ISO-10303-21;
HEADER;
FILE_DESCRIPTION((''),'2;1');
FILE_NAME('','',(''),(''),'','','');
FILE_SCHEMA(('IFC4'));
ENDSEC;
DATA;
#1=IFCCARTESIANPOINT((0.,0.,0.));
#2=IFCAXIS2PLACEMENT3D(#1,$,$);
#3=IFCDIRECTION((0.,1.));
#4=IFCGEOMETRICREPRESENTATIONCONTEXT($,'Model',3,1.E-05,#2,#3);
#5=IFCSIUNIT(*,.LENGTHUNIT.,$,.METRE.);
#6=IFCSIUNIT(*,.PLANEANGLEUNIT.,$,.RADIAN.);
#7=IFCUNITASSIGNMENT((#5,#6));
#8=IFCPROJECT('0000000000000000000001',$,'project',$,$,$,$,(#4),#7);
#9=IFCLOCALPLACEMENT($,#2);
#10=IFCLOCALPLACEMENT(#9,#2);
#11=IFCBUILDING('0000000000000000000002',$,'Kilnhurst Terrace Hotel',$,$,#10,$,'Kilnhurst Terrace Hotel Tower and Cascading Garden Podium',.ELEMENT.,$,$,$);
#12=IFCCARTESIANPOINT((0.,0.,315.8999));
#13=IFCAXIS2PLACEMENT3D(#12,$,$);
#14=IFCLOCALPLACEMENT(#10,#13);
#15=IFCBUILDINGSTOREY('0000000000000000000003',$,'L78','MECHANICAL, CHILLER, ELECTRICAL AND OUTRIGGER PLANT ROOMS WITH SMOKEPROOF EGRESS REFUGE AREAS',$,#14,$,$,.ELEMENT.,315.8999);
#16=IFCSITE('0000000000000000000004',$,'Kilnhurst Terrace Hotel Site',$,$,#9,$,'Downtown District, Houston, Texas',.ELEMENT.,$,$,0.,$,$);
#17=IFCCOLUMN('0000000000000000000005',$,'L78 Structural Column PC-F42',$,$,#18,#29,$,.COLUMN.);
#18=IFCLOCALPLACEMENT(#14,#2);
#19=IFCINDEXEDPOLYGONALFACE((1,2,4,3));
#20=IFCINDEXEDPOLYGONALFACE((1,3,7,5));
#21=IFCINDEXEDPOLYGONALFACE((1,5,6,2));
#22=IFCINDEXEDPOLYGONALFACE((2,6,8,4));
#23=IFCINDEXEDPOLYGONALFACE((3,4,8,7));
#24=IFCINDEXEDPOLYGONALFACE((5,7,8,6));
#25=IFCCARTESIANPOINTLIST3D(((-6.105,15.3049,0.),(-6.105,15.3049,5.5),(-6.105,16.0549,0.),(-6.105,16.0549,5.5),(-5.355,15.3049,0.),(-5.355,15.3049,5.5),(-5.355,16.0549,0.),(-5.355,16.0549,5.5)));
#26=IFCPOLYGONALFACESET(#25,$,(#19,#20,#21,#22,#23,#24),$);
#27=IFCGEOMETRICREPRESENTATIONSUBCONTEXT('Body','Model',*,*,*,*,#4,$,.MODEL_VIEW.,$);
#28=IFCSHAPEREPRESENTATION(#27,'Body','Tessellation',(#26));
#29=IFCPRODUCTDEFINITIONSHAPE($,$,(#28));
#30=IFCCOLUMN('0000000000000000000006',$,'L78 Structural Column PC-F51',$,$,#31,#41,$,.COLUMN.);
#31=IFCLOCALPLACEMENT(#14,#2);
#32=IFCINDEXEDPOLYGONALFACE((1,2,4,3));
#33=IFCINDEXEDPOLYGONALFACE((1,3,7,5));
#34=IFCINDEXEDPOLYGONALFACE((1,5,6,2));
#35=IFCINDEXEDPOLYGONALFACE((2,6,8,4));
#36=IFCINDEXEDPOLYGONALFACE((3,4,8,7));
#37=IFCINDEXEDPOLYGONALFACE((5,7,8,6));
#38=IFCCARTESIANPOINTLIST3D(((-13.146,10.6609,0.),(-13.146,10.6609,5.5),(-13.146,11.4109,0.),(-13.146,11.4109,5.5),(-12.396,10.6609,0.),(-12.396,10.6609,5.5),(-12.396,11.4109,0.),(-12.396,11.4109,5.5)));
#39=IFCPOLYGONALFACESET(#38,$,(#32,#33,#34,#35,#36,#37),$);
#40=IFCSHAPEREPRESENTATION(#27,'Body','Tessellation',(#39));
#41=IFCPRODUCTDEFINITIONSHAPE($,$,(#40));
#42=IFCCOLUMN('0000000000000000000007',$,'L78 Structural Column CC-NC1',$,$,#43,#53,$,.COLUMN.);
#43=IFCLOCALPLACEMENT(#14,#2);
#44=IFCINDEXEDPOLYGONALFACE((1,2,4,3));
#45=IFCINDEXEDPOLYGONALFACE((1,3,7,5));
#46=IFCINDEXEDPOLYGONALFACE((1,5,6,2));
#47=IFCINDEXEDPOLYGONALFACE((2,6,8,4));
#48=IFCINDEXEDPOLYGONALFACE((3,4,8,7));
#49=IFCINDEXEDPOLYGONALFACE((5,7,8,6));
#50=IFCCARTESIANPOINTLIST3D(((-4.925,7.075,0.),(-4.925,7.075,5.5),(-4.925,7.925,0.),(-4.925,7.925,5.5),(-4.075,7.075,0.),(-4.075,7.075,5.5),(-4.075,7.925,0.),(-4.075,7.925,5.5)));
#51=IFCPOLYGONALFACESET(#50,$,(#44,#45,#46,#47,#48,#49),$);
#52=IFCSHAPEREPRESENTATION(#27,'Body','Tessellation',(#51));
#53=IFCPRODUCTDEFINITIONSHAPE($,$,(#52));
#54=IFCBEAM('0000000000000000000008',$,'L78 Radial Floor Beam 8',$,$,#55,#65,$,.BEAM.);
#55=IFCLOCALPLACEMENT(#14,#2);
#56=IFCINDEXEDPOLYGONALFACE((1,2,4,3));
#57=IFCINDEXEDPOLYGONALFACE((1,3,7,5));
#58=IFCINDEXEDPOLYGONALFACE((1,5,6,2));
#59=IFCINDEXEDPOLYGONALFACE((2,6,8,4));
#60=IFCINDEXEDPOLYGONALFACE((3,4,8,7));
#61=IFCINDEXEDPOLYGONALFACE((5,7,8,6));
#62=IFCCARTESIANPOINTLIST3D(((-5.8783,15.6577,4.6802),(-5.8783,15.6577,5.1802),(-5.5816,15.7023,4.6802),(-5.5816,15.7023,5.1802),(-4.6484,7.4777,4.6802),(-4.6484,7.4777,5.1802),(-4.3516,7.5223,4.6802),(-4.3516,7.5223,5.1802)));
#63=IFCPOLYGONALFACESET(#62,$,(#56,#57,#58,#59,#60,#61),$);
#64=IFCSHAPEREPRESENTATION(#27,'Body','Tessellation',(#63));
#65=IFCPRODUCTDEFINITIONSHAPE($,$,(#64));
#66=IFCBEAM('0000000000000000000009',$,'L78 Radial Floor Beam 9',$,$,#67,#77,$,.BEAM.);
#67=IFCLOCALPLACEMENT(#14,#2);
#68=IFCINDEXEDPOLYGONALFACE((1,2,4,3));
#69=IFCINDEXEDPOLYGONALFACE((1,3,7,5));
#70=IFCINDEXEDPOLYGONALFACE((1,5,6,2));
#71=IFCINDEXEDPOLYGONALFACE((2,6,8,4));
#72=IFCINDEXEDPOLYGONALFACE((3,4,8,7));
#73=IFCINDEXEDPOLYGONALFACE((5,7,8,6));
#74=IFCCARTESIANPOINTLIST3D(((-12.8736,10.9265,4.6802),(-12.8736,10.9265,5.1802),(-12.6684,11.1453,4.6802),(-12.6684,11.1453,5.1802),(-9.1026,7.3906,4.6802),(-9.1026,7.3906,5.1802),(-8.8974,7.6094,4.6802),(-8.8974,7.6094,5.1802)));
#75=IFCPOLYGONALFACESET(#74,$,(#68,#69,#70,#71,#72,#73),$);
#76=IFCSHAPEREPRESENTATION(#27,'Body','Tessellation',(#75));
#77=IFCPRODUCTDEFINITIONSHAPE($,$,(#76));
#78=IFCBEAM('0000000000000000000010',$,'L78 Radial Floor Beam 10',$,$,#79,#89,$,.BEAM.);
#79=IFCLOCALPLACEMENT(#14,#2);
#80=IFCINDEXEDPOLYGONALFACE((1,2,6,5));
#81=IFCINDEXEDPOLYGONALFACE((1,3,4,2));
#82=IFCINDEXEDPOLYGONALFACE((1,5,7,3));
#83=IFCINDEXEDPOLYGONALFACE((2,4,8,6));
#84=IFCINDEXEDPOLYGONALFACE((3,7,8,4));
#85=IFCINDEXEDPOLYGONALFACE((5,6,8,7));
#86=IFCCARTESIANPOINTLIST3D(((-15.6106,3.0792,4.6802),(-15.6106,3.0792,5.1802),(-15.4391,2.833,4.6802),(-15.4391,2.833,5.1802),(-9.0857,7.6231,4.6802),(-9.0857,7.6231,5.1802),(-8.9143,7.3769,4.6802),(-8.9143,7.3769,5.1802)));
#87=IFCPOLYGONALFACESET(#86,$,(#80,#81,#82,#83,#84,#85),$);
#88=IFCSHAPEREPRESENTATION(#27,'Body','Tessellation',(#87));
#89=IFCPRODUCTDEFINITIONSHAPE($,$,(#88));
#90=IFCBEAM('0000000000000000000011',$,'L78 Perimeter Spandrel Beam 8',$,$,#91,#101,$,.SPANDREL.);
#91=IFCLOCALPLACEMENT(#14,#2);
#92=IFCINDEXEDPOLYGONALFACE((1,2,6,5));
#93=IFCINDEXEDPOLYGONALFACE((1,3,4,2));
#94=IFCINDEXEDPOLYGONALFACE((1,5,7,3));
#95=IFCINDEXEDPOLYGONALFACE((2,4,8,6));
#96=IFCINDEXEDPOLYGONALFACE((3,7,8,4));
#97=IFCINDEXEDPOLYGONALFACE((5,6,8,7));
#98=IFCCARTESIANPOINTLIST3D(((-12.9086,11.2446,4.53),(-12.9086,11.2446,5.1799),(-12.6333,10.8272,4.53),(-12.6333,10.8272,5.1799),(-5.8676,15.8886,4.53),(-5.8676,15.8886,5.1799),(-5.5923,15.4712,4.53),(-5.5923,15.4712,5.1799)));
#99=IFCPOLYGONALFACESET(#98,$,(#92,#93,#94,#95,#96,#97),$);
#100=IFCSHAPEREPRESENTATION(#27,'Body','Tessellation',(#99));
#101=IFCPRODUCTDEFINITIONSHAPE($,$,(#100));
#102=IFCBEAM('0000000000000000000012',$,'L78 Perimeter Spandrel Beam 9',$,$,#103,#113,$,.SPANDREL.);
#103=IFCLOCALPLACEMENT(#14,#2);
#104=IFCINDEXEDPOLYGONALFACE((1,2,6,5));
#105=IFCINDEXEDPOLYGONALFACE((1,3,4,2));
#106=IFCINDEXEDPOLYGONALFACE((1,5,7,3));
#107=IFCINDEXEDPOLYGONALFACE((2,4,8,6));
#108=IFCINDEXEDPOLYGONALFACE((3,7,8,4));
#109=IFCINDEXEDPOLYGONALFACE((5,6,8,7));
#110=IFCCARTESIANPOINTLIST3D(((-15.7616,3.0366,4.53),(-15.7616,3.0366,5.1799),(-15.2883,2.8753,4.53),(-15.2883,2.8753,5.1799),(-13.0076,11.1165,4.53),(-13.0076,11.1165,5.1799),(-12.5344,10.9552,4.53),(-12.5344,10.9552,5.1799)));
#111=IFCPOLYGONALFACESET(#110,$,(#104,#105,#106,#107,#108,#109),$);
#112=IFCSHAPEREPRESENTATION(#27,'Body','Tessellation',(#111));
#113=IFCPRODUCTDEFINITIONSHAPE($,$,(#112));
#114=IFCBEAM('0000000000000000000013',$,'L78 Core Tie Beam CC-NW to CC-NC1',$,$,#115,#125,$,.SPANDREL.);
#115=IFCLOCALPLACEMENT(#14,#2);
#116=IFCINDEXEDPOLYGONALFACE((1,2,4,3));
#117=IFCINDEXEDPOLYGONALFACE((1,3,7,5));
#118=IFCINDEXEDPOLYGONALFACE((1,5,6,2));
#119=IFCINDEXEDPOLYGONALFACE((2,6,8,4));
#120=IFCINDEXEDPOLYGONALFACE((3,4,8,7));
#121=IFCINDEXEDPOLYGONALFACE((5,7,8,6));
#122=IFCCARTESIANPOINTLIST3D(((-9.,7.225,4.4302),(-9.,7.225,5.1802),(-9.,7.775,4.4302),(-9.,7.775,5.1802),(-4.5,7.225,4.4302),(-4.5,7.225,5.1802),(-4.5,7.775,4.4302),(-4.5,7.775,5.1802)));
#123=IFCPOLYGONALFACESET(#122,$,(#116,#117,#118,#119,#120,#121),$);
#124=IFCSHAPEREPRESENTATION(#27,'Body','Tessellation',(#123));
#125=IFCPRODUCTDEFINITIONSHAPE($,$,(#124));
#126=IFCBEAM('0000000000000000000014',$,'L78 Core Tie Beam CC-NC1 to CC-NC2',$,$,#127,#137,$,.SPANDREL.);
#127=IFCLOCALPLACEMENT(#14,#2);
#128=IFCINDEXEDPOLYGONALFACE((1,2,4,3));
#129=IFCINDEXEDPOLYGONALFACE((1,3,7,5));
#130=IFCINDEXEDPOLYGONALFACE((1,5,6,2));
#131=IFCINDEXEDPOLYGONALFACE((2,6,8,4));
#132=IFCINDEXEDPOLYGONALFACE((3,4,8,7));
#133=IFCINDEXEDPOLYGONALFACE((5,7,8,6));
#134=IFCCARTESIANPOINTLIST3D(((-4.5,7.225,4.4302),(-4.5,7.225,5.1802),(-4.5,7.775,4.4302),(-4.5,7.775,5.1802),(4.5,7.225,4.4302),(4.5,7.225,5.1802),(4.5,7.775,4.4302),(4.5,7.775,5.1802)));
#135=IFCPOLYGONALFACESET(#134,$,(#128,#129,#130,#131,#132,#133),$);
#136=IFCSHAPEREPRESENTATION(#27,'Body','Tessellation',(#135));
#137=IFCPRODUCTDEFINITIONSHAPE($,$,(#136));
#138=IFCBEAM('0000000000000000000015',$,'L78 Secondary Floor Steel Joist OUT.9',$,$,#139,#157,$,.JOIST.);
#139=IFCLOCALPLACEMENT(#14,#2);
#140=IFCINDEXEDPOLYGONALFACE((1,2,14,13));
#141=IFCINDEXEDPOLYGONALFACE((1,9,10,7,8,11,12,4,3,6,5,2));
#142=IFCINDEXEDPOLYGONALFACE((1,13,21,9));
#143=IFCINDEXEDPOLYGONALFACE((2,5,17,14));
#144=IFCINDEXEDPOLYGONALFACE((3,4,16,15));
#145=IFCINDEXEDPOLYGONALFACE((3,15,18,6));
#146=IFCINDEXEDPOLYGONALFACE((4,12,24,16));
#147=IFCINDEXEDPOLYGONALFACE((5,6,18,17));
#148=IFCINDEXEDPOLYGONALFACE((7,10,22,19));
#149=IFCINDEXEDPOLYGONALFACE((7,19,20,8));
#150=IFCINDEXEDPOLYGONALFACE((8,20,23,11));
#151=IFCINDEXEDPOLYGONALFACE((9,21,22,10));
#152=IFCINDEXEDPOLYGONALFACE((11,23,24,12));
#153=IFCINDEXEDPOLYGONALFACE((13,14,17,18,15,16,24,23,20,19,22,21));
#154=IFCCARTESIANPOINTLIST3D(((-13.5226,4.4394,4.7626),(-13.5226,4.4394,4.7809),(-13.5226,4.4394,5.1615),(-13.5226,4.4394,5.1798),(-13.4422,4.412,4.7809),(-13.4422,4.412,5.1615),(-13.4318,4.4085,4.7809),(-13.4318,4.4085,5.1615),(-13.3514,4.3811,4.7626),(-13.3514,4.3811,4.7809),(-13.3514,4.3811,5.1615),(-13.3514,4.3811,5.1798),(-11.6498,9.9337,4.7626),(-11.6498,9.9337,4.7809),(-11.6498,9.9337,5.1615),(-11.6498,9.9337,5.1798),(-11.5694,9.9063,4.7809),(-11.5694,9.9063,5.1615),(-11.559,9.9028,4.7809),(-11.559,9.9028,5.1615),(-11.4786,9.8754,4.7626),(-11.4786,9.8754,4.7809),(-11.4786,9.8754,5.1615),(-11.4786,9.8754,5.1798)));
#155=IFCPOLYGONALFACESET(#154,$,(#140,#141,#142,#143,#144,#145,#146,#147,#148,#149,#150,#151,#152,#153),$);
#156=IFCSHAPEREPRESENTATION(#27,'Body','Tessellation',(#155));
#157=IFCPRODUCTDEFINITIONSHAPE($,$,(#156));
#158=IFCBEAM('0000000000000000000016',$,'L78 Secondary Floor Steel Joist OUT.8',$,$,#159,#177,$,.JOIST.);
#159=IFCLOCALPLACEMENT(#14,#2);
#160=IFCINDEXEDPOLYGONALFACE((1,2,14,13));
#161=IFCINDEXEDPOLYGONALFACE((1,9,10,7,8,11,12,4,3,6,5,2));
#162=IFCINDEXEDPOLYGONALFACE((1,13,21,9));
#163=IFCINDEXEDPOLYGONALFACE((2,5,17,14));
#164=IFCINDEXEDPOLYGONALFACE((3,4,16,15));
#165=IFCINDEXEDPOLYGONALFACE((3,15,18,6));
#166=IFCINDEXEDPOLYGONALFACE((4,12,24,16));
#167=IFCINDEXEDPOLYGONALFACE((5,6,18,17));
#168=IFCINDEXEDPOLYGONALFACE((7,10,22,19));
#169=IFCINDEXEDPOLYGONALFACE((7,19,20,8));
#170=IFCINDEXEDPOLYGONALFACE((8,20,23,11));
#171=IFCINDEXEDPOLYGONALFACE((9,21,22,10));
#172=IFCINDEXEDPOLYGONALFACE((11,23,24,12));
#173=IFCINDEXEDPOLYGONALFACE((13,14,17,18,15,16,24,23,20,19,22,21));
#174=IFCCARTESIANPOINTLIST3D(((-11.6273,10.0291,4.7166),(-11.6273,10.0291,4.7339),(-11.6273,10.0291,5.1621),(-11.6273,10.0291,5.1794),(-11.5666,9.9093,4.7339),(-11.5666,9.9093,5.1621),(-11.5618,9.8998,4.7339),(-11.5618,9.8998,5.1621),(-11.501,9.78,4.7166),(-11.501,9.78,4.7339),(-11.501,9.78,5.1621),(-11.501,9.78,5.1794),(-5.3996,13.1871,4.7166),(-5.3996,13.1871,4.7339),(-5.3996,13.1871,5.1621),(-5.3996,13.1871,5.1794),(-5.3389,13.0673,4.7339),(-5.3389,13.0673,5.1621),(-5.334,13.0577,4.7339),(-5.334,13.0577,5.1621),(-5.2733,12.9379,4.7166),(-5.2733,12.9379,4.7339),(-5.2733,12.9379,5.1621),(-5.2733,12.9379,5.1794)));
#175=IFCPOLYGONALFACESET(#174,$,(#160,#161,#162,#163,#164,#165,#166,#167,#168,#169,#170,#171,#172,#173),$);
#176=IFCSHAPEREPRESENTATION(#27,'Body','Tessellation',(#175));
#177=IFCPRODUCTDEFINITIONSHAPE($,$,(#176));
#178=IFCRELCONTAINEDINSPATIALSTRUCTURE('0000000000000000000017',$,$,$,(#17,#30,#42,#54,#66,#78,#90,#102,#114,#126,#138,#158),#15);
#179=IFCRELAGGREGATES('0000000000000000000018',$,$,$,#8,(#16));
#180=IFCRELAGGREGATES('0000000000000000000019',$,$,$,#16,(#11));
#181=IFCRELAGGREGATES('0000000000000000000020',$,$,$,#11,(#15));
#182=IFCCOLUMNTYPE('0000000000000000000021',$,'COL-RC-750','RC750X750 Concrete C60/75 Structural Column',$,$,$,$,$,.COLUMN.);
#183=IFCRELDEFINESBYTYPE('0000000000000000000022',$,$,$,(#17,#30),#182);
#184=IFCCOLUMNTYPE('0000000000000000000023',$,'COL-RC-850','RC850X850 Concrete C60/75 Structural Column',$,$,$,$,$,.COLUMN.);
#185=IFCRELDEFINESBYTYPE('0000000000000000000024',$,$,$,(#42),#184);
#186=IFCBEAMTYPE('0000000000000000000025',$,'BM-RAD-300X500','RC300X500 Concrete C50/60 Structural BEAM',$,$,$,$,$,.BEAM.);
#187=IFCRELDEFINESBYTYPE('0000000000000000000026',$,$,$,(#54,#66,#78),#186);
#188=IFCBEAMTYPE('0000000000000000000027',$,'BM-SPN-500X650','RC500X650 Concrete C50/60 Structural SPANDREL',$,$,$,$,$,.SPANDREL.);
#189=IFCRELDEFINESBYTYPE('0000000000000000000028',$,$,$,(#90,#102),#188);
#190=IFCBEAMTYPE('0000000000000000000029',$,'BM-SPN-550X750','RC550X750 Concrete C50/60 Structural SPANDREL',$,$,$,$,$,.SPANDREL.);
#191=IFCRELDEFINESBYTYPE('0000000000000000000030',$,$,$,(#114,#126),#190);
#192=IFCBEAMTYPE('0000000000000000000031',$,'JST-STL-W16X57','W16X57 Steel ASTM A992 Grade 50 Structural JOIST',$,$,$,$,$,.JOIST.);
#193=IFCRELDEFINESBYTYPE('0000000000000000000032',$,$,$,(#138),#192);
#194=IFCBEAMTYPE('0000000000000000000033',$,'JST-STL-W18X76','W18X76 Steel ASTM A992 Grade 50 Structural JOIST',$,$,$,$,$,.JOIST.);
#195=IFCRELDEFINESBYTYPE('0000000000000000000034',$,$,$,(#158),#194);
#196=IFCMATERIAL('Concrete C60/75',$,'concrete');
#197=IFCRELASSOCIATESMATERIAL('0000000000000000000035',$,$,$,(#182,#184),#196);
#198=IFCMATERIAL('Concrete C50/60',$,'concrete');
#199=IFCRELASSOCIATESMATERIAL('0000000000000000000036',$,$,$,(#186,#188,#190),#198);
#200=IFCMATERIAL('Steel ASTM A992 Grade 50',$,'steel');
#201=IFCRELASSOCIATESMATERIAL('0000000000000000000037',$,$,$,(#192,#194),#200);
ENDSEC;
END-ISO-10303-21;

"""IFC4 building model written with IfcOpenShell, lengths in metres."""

from ifc_helpers import new_model, si_unit, direction, frame, origin, origin_2d, place, context, subcontext, project, spatial, rectangle, i_section, extrude, material, material_profile, profile_set, type_object, element, save


model = new_model("IFC4")

# Units and contexts
model_context = context("Model", 3, precision=1e-05, world=origin(), true_north=direction((0.0, 1.0)))
body_context = subcontext(model_context, "Body", "Model", "MODEL_VIEW")
ifc_project = project(units=[si_unit("LENGTHUNIT", "METRE"), si_unit("PLANEANGLEUNIT", "RADIAN")], contexts=[model_context])

# Site, building, storey
site_placement = place(None, origin())
site = spatial("IfcSite", under=ifc_project, at=site_placement, Name="Kilnhurst Terrace Hotel Site", LongName="Downtown District, Houston, Texas", CompositionType="ELEMENT", RefElevation=0.0)
building_placement = place(site_placement, origin())
building = spatial("IfcBuilding", under=site, at=building_placement, Name="Kilnhurst Terrace Hotel", LongName="Kilnhurst Terrace Hotel Tower and Cascading Garden Podium", CompositionType="ELEMENT")
storey_placement = place(building_placement, frame((0.0, 0.0, 315.8999)))
storey = spatial("IfcBuildingStorey", under=building, at=storey_placement, Name="L78", Description="MECHANICAL, CHILLER, ELECTRICAL AND OUTRIGGER PLANT ROOMS WITH SMOKEPROOF EGRESS REFUGE AREAS", CompositionType="ELEMENT", Elevation=315.8999)

# Columns
ifc_material_1 = material(Name="Concrete C60/75", Category="concrete")
ifc_material_profile_1 = material_profile(ifc_material_1, rectangle(XDim=0.75, YDim=0.75, at=origin_2d()), Name="RC750X750")
ifc_profile_set_1 = profile_set([ifc_material_profile_1], Name="Concrete C60/75")
column_type_1 = type_object("IfcColumnType", Name="COL-RC-750", Description="RC750X750 Concrete C60/75 Structural Column", PredefinedType="COLUMN", material=ifc_profile_set_1)
for number, where, z_axis, x_axis, name in (
    (1, (-5.73, 15.6799, 0.0), (0.0, 0.0, 1.0), (1.0, 0.0, 0.0), "L78 Structural Column PC-F42"),
    (2, (-12.771, 11.0359, 0.0), (0.0, 0.0, 1.0), (1.0, 0.0, 0.0), "L78 Structural Column PC-F51"),
):
    element("IfcColumn", number, at=place(storey_placement, frame(where, z_axis=z_axis, x_axis=x_axis)), inside=storey, type_object=column_type_1, Name=name, PredefinedType="COLUMN", context=body_context, shape_type="SweptSolid", body=[
        extrude(rectangle(XDim=0.75, YDim=0.75, at=origin_2d()), origin(), (0.0, 0.0, 1.0), 5.5),
    ])
ifc_material_profile_2 = material_profile(ifc_material_1, rectangle(XDim=0.8501, YDim=0.8501, at=origin_2d()), Name="RC850X850")
ifc_profile_set_2 = profile_set([ifc_material_profile_2], Name="Concrete C60/75")
column_type_2 = type_object("IfcColumnType", Name="COL-RC-850", Description="RC850X850 Concrete C60/75 Structural Column", PredefinedType="COLUMN", material=ifc_profile_set_2)
column_placement = place(storey_placement, frame((-4.5, 7.5, 0.0), z_axis=(0.0, 0.0, 1.0), x_axis=(1.0, 0.0, 0.0)))
element("IfcColumn", 3, at=column_placement, inside=storey, type_object=column_type_2, Name="L78 Structural Column CC-NC1", PredefinedType="COLUMN", context=body_context, shape_type="SweptSolid", body=[
    extrude(rectangle(XDim=0.8501, YDim=0.8501, at=origin_2d()), origin(), (0.0, 0.0, 1.0), 5.5),
])

# Beams
ifc_material_2 = material(Name="Concrete C50/60", Category="concrete")
ifc_material_profile_3 = material_profile(ifc_material_2, rectangle(XDim=0.3, YDim=0.5, at=origin_2d()), Name="RC300X500")
ifc_profile_set_3 = profile_set([ifc_material_profile_3], Name="Concrete C50/60")
beam_type_1 = type_object("IfcBeamType", Name="BM-RAD-300X500", Description="RC300X500 Concrete C50/60 Structural BEAM", PredefinedType="BEAM", material=ifc_profile_set_3)
beam_1_placement = place(storey_placement, frame((-4.5, 7.5, 4.9302), z_axis=(-0.148694, 0.988883, 0.0), x_axis=(-0.988883, -0.148694, 0.0)))
element("IfcBeam", 4, at=beam_1_placement, inside=storey, type_object=beam_type_1, Name="L78 Radial Floor Beam 8", PredefinedType="BEAM", context=body_context, shape_type="SweptSolid", body=[
    extrude(rectangle(XDim=0.3, YDim=0.5, at=origin_2d()), origin(), (0.0, 0.0, 1.0), 8.272),
])
beam_2_placement = place(storey_placement, frame((-9.0, 7.5, 4.9302), z_axis=(-0.729481, 0.684001, 0.0), x_axis=(-0.684001, -0.729481, 0.0)))
element("IfcBeam", 5, at=beam_2_placement, inside=storey, type_object=beam_type_1, Name="L78 Radial Floor Beam 9", PredefinedType="BEAM", context=body_context, shape_type="SweptSolid", body=[
    extrude(rectangle(XDim=0.3, YDim=0.5, at=origin_2d()), origin(), (0.0, 0.0, 1.0), 5.1694),
])
beam_3_placement = place(storey_placement, frame((-9.0, 7.5, 4.9302), z_axis=(-0.820617, -0.571478, 0.0), x_axis=(0.571478, -0.820617, 0.0)))
element("IfcBeam", 6, at=beam_3_placement, inside=storey, type_object=beam_type_1, Name="L78 Radial Floor Beam 10", PredefinedType="BEAM", context=body_context, shape_type="SweptSolid", body=[
    extrude(rectangle(XDim=0.3, YDim=0.5, at=origin_2d()), origin(), (0.0, 0.0, 1.0), 7.9512),
])
ifc_material_profile_4 = material_profile(ifc_material_2, rectangle(XDim=0.5, YDim=0.6499, at=origin_2d()), Name="RC500X650")
ifc_profile_set_4 = profile_set([ifc_material_profile_4], Name="Concrete C50/60")
beam_type_2 = type_object("IfcBeamType", Name="BM-SPN-500X650", Description="RC500X650 Concrete C50/60 Structural SPANDREL", PredefinedType="SPANDREL", material=ifc_profile_set_4)
beam_4_placement = place(storey_placement, frame((-5.73, 15.6799, 4.855), z_axis=(-0.834774, -0.550592, 0.0), x_axis=(0.550592, -0.834774, 0.0)))
element("IfcBeam", 7, at=beam_4_placement, inside=storey, type_object=beam_type_2, Name="L78 Perimeter Spandrel Beam 8", PredefinedType="SPANDREL", context=body_context, shape_type="SweptSolid", body=[
    extrude(rectangle(XDim=0.5, YDim=0.6499, at=origin_2d()), origin(), (0.0, 0.0, 1.0), 8.4346),
])
beam_5_placement = place(storey_placement, frame((-12.771, 11.0359, 4.855), z_axis=(-0.322613, -0.946531, 0.0), x_axis=(0.946531, -0.322613, 0.0)))
element("IfcBeam", 8, at=beam_5_placement, inside=storey, type_object=beam_type_2, Name="L78 Perimeter Spandrel Beam 9", PredefinedType="SPANDREL", context=body_context, shape_type="SweptSolid", body=[
    extrude(rectangle(XDim=0.5, YDim=0.6499, at=origin_2d()), origin(), (0.0, 0.0, 1.0), 8.5364),
])
ifc_material_profile_5 = material_profile(ifc_material_2, rectangle(XDim=0.55, YDim=0.75, at=origin_2d()), Name="RC550X750")
ifc_profile_set_5 = profile_set([ifc_material_profile_5], Name="Concrete C50/60")
beam_type_3 = type_object("IfcBeamType", Name="BM-SPN-550X750", Description="RC550X750 Concrete C50/60 Structural SPANDREL", PredefinedType="SPANDREL", material=ifc_profile_set_5)
beam_6_placement = place(storey_placement, frame((-9.0, 7.5, 4.8052), z_axis=(1.0, 0.0, 0.0), x_axis=(0.0, 1.0, 0.0)))
element("IfcBeam", 9, at=beam_6_placement, inside=storey, type_object=beam_type_3, Name="L78 Core Tie Beam CC-NW to CC-NC1", PredefinedType="SPANDREL", context=body_context, shape_type="SweptSolid", body=[
    extrude(rectangle(XDim=0.55, YDim=0.75, at=origin_2d()), origin(), (0.0, 0.0, 1.0), 4.5),
])
beam_7_placement = place(storey_placement, frame((-4.5, 7.5, 4.8052), z_axis=(1.0, 0.0, 0.0), x_axis=(0.0, 1.0, 0.0)))
element("IfcBeam", 10, at=beam_7_placement, inside=storey, type_object=beam_type_3, Name="L78 Core Tie Beam CC-NC1 to CC-NC2", PredefinedType="SPANDREL", context=body_context, shape_type="SweptSolid", body=[
    extrude(rectangle(XDim=0.55, YDim=0.75, at=origin_2d()), origin(), (0.0, 0.0, 1.0), 9.0),
])
ifc_material_3 = material(Name="Steel ASTM A992 Grade 50", Category="steel")
ifc_material_profile_6 = material_profile(ifc_material_3, i_section(OverallWidth=0.1809, OverallDepth=0.4172, WebThickness=0.011, FlangeThickness=0.0183, at=origin_2d()), Name="W16X57")
ifc_profile_set_6 = profile_set([ifc_material_profile_6], Name="Steel ASTM A992 Grade 50")
beam_type_4 = type_object("IfcBeamType", Name="JST-STL-W16X57", Description="W16X57 Steel ASTM A992 Grade 50 Structural JOIST", PredefinedType="JOIST", material=ifc_profile_set_6)
beam_8_placement = place(storey_placement, frame((-11.5642, 9.9045, 4.9712), z_axis=(-0.32263, -0.946525, 0.0), x_axis=(0.946525, -0.32263, 0.0)))
element("IfcBeam", 11, at=beam_8_placement, inside=storey, type_object=beam_type_4, Name="L78 Secondary Floor Steel Joist OUT.9", PredefinedType="JOIST", context=body_context, shape_type="SweptSolid", body=[
    extrude(i_section(OverallWidth=0.1809, OverallDepth=0.4172, WebThickness=0.011, FlangeThickness=0.0183, at=origin_2d()), origin(), (0.0, 0.0, 1.0), 5.8047),
])
ifc_material_profile_7 = material_profile(ifc_material_3, i_section(OverallWidth=0.2793, OverallDepth=0.4629, WebThickness=0.0107, FlangeThickness=0.0173, at=origin_2d()), Name="W18X76")
ifc_profile_set_7 = profile_set([ifc_material_profile_7], Name="Steel ASTM A992 Grade 50")
beam_type_5 = type_object("IfcBeamType", Name="JST-STL-W18X76", Description="W18X76 Steel ASTM A992 Grade 50 Structural JOIST", PredefinedType="JOIST", material=ifc_profile_set_7)
beam_9_placement = place(storey_placement, frame((-5.3364, 13.0625, 4.948), z_axis=(-0.891889, -0.452255, 0.0), x_axis=(0.452255, -0.891889, 0.0)))
element("IfcBeam", 12, at=beam_9_placement, inside=storey, type_object=beam_type_5, Name="L78 Secondary Floor Steel Joist OUT.8", PredefinedType="JOIST", context=body_context, shape_type="SweptSolid", body=[
    extrude(i_section(OverallWidth=0.2793, OverallDepth=0.4629, WebThickness=0.0107, FlangeThickness=0.0173, at=origin_2d()), origin(), (0.0, 0.0, 1.0), 6.9827),
])

save(model, "model.ifc")
